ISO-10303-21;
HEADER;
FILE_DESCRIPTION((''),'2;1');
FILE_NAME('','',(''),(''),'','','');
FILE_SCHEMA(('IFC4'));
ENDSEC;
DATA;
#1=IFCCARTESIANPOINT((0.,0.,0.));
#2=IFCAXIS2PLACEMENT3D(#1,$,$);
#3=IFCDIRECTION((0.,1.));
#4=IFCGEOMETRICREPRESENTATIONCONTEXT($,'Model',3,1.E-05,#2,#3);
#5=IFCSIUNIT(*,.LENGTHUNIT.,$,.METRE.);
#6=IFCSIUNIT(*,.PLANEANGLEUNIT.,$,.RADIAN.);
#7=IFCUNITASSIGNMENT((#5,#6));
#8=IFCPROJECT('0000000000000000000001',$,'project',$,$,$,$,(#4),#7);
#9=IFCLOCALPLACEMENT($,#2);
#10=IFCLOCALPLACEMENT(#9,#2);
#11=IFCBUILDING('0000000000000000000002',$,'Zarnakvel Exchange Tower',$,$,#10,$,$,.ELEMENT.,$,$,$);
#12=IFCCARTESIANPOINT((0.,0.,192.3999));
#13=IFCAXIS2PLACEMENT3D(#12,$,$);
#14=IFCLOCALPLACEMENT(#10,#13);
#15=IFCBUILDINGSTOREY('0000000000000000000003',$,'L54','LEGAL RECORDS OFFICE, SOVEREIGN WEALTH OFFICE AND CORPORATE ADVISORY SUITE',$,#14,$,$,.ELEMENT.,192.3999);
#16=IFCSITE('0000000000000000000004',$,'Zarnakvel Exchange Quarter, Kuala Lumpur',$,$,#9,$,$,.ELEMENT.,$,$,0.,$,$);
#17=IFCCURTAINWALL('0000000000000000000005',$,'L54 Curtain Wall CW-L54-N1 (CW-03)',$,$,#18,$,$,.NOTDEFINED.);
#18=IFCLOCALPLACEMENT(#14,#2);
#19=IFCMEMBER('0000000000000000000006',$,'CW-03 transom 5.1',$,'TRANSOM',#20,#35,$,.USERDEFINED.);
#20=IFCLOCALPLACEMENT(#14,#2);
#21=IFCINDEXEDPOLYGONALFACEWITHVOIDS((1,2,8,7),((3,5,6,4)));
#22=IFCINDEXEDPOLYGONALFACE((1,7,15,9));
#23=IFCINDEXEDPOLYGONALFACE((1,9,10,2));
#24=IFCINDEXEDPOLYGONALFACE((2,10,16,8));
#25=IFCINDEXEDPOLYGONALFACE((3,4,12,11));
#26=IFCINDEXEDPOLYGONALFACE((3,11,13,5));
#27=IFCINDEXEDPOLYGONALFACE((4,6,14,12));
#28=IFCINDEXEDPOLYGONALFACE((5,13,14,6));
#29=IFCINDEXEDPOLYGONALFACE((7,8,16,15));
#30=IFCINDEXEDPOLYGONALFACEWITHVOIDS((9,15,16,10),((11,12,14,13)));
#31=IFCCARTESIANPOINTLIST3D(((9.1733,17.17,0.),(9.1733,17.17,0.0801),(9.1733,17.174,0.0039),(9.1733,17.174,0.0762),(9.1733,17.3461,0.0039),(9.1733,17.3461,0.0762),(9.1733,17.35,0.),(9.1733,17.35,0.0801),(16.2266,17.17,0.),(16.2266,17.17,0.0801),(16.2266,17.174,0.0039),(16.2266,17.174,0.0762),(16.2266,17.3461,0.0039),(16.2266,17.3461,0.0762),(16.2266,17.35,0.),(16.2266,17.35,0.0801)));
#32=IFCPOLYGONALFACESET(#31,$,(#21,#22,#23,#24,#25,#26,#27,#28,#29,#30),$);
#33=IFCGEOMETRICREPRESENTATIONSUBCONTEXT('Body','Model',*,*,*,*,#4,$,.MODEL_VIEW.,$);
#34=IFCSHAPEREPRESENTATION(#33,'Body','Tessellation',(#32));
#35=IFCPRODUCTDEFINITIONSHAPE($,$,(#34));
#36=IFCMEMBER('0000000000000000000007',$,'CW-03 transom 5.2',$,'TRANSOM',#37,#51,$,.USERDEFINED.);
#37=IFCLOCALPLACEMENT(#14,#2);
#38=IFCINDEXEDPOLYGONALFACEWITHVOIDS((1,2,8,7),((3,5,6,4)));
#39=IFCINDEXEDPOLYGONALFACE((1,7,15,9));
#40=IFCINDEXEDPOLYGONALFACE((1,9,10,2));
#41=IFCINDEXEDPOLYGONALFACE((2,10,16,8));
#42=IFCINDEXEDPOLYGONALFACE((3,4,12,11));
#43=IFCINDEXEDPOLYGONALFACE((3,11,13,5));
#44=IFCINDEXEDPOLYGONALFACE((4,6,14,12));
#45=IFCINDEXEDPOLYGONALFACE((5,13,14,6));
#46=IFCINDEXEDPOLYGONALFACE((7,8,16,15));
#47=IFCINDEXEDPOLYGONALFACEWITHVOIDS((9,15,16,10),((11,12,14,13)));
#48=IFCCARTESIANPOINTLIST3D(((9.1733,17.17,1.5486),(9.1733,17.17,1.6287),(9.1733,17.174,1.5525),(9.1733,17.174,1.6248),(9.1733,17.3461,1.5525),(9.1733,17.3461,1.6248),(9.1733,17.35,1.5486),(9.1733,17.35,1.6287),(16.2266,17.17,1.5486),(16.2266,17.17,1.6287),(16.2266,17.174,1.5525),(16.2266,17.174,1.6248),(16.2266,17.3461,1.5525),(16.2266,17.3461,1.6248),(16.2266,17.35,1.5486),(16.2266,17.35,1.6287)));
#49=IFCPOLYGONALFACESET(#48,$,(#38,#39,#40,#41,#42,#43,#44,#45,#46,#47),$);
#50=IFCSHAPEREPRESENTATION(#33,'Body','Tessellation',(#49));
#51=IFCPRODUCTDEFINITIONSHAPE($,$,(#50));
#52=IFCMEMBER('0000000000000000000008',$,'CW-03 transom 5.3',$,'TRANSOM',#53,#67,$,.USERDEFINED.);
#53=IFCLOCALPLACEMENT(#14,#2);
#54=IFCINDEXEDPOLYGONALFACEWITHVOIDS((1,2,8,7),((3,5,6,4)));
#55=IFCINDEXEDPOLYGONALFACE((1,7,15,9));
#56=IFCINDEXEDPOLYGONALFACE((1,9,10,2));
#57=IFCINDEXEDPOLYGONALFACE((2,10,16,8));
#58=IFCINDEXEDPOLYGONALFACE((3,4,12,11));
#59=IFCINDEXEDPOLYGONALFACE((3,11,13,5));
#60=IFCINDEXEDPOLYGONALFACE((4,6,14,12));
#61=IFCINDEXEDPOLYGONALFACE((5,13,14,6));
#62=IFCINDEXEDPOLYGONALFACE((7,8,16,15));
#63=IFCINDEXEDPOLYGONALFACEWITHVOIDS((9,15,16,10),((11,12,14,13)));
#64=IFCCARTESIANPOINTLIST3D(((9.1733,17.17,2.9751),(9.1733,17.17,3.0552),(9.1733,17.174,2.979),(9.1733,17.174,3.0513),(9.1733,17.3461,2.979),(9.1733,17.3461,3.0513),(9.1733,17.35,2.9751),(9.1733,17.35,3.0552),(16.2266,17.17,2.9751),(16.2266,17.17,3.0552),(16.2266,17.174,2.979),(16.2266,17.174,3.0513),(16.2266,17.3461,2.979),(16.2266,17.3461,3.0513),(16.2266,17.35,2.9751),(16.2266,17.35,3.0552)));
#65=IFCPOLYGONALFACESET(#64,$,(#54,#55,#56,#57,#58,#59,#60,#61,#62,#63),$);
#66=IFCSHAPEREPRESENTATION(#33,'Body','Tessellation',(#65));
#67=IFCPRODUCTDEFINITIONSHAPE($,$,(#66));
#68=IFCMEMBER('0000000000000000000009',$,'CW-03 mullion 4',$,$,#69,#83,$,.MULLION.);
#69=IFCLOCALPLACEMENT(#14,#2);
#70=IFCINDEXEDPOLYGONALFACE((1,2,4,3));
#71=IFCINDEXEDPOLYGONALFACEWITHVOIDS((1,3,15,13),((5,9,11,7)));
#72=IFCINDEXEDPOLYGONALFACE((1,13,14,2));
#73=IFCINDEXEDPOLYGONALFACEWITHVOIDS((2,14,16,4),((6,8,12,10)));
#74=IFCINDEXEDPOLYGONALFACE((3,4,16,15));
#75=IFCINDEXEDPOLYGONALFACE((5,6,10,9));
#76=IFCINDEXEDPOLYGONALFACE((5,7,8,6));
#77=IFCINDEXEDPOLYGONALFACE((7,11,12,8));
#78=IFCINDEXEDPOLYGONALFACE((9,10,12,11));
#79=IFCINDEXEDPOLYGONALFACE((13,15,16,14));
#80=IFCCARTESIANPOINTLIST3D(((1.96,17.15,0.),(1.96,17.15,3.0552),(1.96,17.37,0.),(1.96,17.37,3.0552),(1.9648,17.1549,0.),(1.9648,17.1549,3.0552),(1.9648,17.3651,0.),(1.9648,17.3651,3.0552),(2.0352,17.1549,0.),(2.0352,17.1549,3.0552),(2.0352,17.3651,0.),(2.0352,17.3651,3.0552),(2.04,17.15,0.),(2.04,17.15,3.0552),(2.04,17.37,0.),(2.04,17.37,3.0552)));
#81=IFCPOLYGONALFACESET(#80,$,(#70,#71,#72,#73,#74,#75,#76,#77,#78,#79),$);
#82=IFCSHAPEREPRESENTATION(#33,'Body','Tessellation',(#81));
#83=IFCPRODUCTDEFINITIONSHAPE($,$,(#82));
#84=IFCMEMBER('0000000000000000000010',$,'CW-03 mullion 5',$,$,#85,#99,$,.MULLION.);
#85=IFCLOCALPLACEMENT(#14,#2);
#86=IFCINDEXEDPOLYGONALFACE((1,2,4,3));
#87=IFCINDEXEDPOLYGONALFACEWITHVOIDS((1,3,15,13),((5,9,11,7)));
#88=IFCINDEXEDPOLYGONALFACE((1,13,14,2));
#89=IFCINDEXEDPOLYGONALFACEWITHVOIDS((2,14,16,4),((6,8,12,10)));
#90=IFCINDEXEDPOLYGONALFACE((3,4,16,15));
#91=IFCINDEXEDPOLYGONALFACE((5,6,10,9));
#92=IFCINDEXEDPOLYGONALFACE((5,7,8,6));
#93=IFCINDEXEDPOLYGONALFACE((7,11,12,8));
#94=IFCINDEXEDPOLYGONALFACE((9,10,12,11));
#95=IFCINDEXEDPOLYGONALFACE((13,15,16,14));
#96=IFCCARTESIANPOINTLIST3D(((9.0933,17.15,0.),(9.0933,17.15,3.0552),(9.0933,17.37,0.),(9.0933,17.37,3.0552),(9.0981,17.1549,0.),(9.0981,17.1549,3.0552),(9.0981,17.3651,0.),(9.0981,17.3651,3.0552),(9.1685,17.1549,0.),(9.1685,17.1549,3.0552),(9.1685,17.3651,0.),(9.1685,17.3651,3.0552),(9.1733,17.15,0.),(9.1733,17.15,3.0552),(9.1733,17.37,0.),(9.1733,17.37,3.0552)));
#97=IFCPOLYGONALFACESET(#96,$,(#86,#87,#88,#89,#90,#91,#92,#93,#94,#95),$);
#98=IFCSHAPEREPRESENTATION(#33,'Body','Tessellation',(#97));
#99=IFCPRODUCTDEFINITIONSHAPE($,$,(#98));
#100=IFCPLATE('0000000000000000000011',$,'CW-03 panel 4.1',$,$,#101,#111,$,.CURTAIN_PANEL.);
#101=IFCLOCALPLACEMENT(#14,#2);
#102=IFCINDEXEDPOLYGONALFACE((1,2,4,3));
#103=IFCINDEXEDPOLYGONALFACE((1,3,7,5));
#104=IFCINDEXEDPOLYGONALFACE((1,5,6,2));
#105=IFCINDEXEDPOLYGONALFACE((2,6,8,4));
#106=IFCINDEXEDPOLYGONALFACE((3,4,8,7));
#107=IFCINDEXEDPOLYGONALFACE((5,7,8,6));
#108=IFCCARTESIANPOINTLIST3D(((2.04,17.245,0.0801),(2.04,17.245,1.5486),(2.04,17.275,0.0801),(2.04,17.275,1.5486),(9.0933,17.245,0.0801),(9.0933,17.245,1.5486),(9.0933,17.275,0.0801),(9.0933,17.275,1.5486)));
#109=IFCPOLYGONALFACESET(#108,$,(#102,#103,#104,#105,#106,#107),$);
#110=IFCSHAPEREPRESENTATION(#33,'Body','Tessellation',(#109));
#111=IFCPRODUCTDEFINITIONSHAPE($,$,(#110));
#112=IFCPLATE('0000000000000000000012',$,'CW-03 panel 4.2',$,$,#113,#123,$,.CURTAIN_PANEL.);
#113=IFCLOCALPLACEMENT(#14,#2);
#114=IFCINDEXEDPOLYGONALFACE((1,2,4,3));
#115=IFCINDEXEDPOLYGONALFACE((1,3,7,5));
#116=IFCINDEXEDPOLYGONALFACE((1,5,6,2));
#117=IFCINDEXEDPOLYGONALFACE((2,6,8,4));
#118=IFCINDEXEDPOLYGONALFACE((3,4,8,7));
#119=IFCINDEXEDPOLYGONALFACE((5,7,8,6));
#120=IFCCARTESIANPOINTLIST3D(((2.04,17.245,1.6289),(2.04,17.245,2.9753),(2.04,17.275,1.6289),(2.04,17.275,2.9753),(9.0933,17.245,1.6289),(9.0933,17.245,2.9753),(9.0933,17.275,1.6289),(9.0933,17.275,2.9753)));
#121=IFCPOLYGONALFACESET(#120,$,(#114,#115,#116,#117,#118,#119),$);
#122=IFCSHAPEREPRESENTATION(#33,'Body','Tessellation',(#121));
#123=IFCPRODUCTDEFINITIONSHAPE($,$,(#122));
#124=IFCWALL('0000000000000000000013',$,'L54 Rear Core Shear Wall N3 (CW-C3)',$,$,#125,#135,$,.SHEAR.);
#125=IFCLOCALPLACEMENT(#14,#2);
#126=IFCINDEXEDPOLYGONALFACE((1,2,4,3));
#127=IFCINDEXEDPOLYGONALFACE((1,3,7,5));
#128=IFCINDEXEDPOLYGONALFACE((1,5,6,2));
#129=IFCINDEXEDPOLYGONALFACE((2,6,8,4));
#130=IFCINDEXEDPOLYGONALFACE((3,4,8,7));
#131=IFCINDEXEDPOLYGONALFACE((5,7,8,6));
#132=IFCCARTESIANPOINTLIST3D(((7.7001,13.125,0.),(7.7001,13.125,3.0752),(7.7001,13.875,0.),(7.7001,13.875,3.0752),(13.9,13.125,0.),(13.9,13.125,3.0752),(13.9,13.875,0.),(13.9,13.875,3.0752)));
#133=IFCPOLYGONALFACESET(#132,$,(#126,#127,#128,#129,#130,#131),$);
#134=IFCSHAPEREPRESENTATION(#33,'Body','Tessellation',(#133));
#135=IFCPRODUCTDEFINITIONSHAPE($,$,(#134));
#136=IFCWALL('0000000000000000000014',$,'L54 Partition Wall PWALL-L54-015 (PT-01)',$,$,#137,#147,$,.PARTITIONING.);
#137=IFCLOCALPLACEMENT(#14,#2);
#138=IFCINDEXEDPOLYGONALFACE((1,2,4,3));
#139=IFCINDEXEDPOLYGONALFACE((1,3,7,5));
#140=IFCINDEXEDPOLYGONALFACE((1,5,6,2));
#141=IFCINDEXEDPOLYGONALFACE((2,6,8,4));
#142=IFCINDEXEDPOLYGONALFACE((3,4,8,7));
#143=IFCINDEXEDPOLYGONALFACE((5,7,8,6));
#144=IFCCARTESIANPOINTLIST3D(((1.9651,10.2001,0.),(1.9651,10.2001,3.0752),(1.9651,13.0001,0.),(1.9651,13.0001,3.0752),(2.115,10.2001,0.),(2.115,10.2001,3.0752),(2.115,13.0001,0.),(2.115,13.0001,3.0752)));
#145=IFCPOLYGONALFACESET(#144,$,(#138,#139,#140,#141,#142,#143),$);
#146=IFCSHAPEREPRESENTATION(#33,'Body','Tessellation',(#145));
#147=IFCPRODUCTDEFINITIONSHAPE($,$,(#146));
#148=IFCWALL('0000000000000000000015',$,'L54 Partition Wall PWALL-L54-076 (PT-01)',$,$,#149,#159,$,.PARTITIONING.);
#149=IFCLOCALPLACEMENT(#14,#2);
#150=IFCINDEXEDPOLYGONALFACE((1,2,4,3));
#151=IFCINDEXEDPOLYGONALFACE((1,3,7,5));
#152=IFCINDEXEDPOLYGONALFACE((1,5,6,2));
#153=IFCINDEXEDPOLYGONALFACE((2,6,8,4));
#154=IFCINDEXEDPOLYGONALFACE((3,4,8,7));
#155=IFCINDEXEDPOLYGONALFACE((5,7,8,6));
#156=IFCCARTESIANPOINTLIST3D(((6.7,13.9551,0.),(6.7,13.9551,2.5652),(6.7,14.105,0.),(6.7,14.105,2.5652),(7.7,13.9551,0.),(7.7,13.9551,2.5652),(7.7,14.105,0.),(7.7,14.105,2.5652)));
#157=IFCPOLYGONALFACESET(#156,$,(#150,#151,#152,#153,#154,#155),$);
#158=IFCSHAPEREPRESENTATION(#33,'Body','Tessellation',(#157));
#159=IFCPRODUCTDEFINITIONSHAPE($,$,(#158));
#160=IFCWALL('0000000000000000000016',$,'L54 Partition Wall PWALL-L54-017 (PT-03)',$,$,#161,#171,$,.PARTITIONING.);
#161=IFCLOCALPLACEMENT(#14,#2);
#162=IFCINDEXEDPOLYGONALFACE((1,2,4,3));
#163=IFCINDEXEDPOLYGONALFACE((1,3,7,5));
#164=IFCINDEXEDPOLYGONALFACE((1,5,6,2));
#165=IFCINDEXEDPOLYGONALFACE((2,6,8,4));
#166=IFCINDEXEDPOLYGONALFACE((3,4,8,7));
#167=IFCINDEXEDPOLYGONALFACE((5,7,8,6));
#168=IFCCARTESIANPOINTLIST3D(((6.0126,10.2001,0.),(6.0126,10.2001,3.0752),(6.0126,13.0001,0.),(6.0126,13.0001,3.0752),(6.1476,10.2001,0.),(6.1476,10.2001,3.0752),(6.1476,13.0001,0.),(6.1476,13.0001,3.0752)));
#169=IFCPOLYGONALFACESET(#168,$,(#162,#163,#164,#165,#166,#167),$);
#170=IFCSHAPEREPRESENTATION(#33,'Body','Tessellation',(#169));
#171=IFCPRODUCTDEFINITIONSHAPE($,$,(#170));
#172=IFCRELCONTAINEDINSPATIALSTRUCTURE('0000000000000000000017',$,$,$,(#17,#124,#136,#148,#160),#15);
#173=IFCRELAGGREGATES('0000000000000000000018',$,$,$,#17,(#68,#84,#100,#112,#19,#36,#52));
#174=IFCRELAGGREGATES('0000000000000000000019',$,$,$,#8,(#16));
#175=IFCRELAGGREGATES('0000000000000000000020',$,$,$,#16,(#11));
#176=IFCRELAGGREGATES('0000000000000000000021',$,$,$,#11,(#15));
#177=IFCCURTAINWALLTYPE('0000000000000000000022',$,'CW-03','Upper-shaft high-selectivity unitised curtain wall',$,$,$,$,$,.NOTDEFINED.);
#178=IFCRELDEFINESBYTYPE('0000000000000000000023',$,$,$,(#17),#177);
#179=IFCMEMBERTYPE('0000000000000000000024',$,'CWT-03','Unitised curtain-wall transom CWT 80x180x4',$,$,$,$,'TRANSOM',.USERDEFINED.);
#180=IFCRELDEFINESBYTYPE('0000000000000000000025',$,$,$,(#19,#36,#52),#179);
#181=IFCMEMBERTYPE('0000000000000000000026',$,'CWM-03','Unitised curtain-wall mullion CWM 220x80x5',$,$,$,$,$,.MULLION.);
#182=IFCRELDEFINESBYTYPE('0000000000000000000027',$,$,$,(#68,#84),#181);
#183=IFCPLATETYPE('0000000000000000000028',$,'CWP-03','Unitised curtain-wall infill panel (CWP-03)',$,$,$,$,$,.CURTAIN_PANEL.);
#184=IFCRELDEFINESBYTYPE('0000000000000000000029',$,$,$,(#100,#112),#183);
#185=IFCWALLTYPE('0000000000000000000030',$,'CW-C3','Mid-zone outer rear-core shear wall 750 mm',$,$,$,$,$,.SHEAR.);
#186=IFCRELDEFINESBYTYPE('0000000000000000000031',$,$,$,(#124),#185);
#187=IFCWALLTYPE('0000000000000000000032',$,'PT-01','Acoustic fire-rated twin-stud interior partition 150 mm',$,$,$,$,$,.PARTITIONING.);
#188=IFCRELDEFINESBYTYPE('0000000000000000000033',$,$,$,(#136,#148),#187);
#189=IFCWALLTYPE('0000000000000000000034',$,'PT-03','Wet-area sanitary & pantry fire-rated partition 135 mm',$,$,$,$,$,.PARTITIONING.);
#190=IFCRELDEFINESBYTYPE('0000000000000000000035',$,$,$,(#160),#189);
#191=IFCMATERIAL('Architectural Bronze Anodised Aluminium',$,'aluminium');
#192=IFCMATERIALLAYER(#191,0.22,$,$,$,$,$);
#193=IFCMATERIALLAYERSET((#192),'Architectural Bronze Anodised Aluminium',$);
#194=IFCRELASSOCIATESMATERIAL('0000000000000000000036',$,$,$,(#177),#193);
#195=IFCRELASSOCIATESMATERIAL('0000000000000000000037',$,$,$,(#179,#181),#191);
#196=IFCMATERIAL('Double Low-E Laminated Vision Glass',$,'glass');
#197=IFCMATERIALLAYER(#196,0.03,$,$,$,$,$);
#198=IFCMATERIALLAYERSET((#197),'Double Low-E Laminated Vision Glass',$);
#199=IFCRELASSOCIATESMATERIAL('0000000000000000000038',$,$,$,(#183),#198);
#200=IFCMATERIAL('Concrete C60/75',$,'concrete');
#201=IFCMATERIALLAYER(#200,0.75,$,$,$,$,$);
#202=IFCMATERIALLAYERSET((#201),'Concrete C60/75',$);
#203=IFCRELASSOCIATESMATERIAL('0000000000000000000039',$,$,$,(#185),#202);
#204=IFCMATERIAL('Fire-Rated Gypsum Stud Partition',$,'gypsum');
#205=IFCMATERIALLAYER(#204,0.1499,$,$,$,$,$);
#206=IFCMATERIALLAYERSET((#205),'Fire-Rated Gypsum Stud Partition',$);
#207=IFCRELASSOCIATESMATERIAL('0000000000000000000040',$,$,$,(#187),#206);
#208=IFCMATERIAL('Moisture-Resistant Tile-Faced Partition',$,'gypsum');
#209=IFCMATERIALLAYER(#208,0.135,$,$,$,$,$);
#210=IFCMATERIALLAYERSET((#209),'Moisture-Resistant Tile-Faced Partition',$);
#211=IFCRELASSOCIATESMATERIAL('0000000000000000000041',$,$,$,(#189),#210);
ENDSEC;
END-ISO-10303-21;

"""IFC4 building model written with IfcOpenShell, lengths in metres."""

from ifc_helpers import new_model, si_unit, direction, frame, frame_2d, origin, origin_2d, place, context, subcontext, project, spatial, rectangle, hollow_rectangle, extrude, source, transform, mapped, material, layer, layer_set, material_profile, profile_set, type_object, element, aggregate, save


model = new_model("IFC4")

# Units and contexts
model_context = context("Model", 3, precision=1e-05, world=origin(), true_north=direction((0.0, 1.0)))
body_context = subcontext(model_context, "Body", "Model", "MODEL_VIEW")
ifc_project = project(units=[si_unit("LENGTHUNIT", "METRE"), si_unit("PLANEANGLEUNIT", "RADIAN")], contexts=[model_context])

# Site, building, storey
site_placement = place(None, origin())
site = spatial("IfcSite", under=ifc_project, at=site_placement, Name="Zarnakvel Exchange Quarter, Kuala Lumpur", CompositionType="ELEMENT", RefElevation=0.0)
building_placement = place(site_placement, origin())
building = spatial("IfcBuilding", under=site, at=building_placement, Name="Zarnakvel Exchange Tower", CompositionType="ELEMENT")
storey_placement = place(building_placement, frame((0.0, 0.0, 192.3999)))
storey = spatial("IfcBuildingStorey", under=building, at=storey_placement, Name="L54", Description="LEGAL RECORDS OFFICE, SOVEREIGN WEALTH OFFICE AND CORPORATE ADVISORY SUITE", CompositionType="ELEMENT", Elevation=192.3999)

# Shared definitions
ifc_material_1 = material(Name="Concrete C60/75", Category="concrete")

# Curtain wall, members, plates
ifc_material_2 = material(Name="Architectural Bronze Anodised Aluminium", Category="aluminium")
ifc_layer_1 = layer(ifc_material_2, 0.22)
ifc_layer_set_1 = layer_set([ifc_layer_1], Name="Architectural Bronze Anodised Aluminium")
curtain_wall_type = type_object("IfcCurtainWallType", Name="CW-03", Description="Upper-shaft high-selectivity unitised curtain wall", PredefinedType="NOTDEFINED", material=ifc_layer_set_1)
curtain_wall_placement = place(storey_placement, origin())
curtain_wall = element("IfcCurtainWall", 1, at=curtain_wall_placement, inside=storey, type_object=curtain_wall_type, Name="L54 Curtain Wall CW-L54-N1 (CW-03)", PredefinedType="NOTDEFINED")
ifc_material_profile_1 = material_profile(ifc_material_2, hollow_rectangle(XDim=0.1799, YDim=0.0801, WallThickness=0.0039, at=origin_2d()))
ifc_profile_set_1 = profile_set([ifc_material_profile_1], Name="Architectural Bronze Anodised Aluminium")
member_type_1 = type_object("IfcMemberType", Name="CWT-03", Description="Unitised curtain-wall transom CWT 80x180x4", ElementType="TRANSOM", PredefinedType="USERDEFINED", material=ifc_profile_set_1)
shared_shape_1 = source(origin(), body_context, "Body", "SweptSolid", [
    extrude(hollow_rectangle(XDim=0.1799, YDim=0.0801, WallThickness=0.0039, at=origin_2d()), origin(), (0.0, 0.0, 1.0), 7.0532),
])
member_1_placement = place(storey_placement, frame((9.1733, 17.26, 0.04), z_axis=(1.0, 0.0, 0.0), x_axis=(0.0, 1.0, 0.0)))
member_1 = element("IfcMember", 2, at=member_1_placement, type_object=member_type_1, Name="CW-03 transom 5.1", ObjectType="TRANSOM", PredefinedType="USERDEFINED", context=body_context, shape_type="MappedRepresentation", body=[
    mapped(shared_shape_1, transform((0.0, 0.0, 0.0), x_axis=(1.0, 0.0, 0.0), y_axis=(0.0, 1.0, 0.0), z_axis=(0.0, 0.0, 1.0), scale=1.0)),
])
member_2_placement = place(storey_placement, frame((9.1733, 17.26, 1.5886), z_axis=(1.0, 0.0, 0.0), x_axis=(0.0, 1.0, 0.0)))
member_2 = element("IfcMember", 3, at=member_2_placement, type_object=member_type_1, Name="CW-03 transom 5.2", ObjectType="TRANSOM", PredefinedType="USERDEFINED", context=body_context, shape_type="MappedRepresentation", body=[
    mapped(shared_shape_1, transform((0.0, 0.0, 0.0), x_axis=(1.0, 0.0, 0.0), y_axis=(0.0, 1.0, 0.0), z_axis=(0.0, 0.0, 1.0), scale=1.0)),
])
member_3_placement = place(storey_placement, frame((9.1733, 17.26, 3.0151), z_axis=(1.0, 0.0, 0.0), x_axis=(0.0, 1.0, 0.0)))
member_3 = element("IfcMember", 4, at=member_3_placement, type_object=member_type_1, Name="CW-03 transom 5.3", ObjectType="TRANSOM", PredefinedType="USERDEFINED", context=body_context, shape_type="MappedRepresentation", body=[
    mapped(shared_shape_1, transform((0.0, 0.0, 0.0), x_axis=(1.0, 0.0, 0.0), y_axis=(0.0, 1.0, 0.0), z_axis=(0.0, 0.0, 1.0), scale=1.0)),
])
ifc_material_profile_2 = material_profile(ifc_material_2, hollow_rectangle(XDim=0.22, YDim=0.0801, WallThickness=0.0049, at=origin_2d()))
ifc_profile_set_2 = profile_set([ifc_material_profile_2], Name="Architectural Bronze Anodised Aluminium")
member_type_2 = type_object("IfcMemberType", Name="CWM-03", Description="Unitised curtain-wall mullion CWM 220x80x5", PredefinedType="MULLION", material=ifc_profile_set_2)
shared_shape_2 = source(origin(), body_context, "Body", "SweptSolid", [
    extrude(hollow_rectangle(XDim=0.22, YDim=0.0801, WallThickness=0.0049, at=origin_2d()), origin(), (0.0, 0.0, 1.0), 3.0552),
])
member_4_placement = place(storey_placement, frame((2.0, 17.26, 0.0), z_axis=(0.0, 0.0, 1.0), x_axis=(0.0, 1.0, 0.0)))
member_4 = element("IfcMember", 5, at=member_4_placement, type_object=member_type_2, Name="CW-03 mullion 4", PredefinedType="MULLION", context=body_context, shape_type="MappedRepresentation", body=[
    mapped(shared_shape_2, transform((0.0, 0.0, 0.0), x_axis=(1.0, 0.0, 0.0), y_axis=(0.0, 1.0, 0.0), z_axis=(0.0, 0.0, 1.0), scale=1.0)),
])
member_5_placement = place(storey_placement, frame((9.1333, 17.26, 0.0), z_axis=(0.0, 0.0, 1.0), x_axis=(0.0, 1.0, 0.0)))
member_5 = element("IfcMember", 6, at=member_5_placement, type_object=member_type_2, Name="CW-03 mullion 5", PredefinedType="MULLION", context=body_context, shape_type="MappedRepresentation", body=[
    mapped(shared_shape_2, transform((0.0, 0.0, 0.0), x_axis=(1.0, 0.0, 0.0), y_axis=(0.0, 1.0, 0.0), z_axis=(0.0, 0.0, 1.0), scale=1.0)),
])
ifc_material_3 = material(Name="Double Low-E Laminated Vision Glass", Category="glass")
ifc_layer_2 = layer(ifc_material_3, 0.03)
ifc_layer_set_2 = layer_set([ifc_layer_2], Name="Double Low-E Laminated Vision Glass")
plate_type = type_object("IfcPlateType", Name="CWP-03", Description="Unitised curtain-wall infill panel (CWP-03)", PredefinedType="CURTAIN_PANEL", material=ifc_layer_set_2)
shared_shape_3 = source(origin(), body_context, "Body", "SweptSolid", [
    extrude(rectangle(XDim=7.0532, YDim=0.03, at=origin_2d()), origin(), (0.0, 0.0, 1.0), 1.4685),
])
plate_1_placement = place(storey_placement, frame((5.5667, 17.26, 0.0801), z_axis=(0.0, 0.0, 1.0), x_axis=(1.0, 0.0, 0.0)))
plate_1 = element("IfcPlate", 7, at=plate_1_placement, type_object=plate_type, Name="CW-03 panel 4.1", PredefinedType="CURTAIN_PANEL", context=body_context, shape_type="MappedRepresentation", body=[
    mapped(shared_shape_3, transform((0.0, 0.0, 0.0), x_axis=(1.0, 0.0, 0.0), y_axis=(0.0, 1.0, 0.0), z_axis=(0.0, 0.0, 1.0), scale=1.0)),
])
shared_shape_4 = source(origin(), body_context, "Body", "SweptSolid", [
    extrude(rectangle(XDim=7.0532, YDim=0.03, at=origin_2d()), origin(), (0.0, 0.0, 1.0), 1.3464),
])
plate_2_placement = place(storey_placement, frame((5.5667, 17.26, 1.6289), z_axis=(0.0, 0.0, 1.0), x_axis=(1.0, 0.0, 0.0)))
plate_2 = element("IfcPlate", 8, at=plate_2_placement, type_object=plate_type, Name="CW-03 panel 4.2", PredefinedType="CURTAIN_PANEL", context=body_context, shape_type="MappedRepresentation", body=[
    mapped(shared_shape_4, transform((0.0, 0.0, 0.0), x_axis=(1.0, 0.0, 0.0), y_axis=(0.0, 1.0, 0.0), z_axis=(0.0, 0.0, 1.0), scale=1.0)),
])
aggregate(curtain_wall, [member_4, member_5, plate_1, plate_2, member_1, member_2, member_3])

# Wall
ifc_layer_3 = layer(ifc_material_1, 0.75)
ifc_layer_set_3 = layer_set([ifc_layer_3], Name="Concrete C60/75")
wall_type_1 = type_object("IfcWallType", Name="CW-C3", Description="Mid-zone outer rear-core shear wall 750 mm", PredefinedType="SHEAR", material=ifc_layer_set_3)
wall_1_placement = place(storey_placement, frame((7.7, 13.5, 0.0), z_axis=(0.0, 0.0, 1.0), x_axis=(1.0, 0.0, 0.0)))
element("IfcWall", 9, at=wall_1_placement, inside=storey, type_object=wall_type_1, Name="L54 Rear Core Shear Wall N3 (CW-C3)", PredefinedType="SHEAR", context=body_context, shape_type="SweptSolid", body=[
    extrude(rectangle(XDim=6.2, YDim=0.75, at=frame_2d((3.1001, 0.0))), origin(), (0.0, 0.0, 1.0), 3.0752),
])

# Shared definitions
ifc_material_4 = material(Name="Fire-Rated Gypsum Stud Partition", Category="gypsum")
ifc_layer_4 = layer(ifc_material_4, 0.1499)
ifc_layer_set_4 = layer_set([ifc_layer_4], Name="Fire-Rated Gypsum Stud Partition")
wall_type_2 = type_object("IfcWallType", Name="PT-01", Description="Acoustic fire-rated twin-stud interior partition 150 mm", PredefinedType="PARTITIONING", material=ifc_layer_set_4)

# Walls
wall_2_placement = place(storey_placement, frame((2.04, 13.0, 0.0), z_axis=(0.0, 0.0, 1.0), x_axis=(0.0, -1.0, 0.0)))
element("IfcWall", 10, at=wall_2_placement, inside=storey, type_object=wall_type_2, Name="L54 Partition Wall PWALL-L54-015 (PT-01)", PredefinedType="PARTITIONING", context=body_context, shape_type="SweptSolid", body=[
    extrude(rectangle(XDim=2.8, YDim=0.1499, at=frame_2d((1.3999, 0.0))), origin(), (0.0, 0.0, 1.0), 3.0752),
])
wall_3_placement = place(storey_placement, frame((7.7, 14.03, 0.0), z_axis=(0.0, 0.0, 1.0), x_axis=(-1.0, 0.0, 0.0)))
element("IfcWall", 11, at=wall_3_placement, inside=storey, type_object=wall_type_2, Name="L54 Partition Wall PWALL-L54-076 (PT-01)", PredefinedType="PARTITIONING", context=body_context, shape_type="SweptSolid", body=[
    extrude(rectangle(XDim=1.0, YDim=0.1499, at=frame_2d((0.5, 0.0))), origin(), (0.0, 0.0, 1.0), 2.5652),
])

# Shared definitions
ifc_material_5 = material(Name="Moisture-Resistant Tile-Faced Partition", Category="gypsum")
ifc_layer_5 = layer(ifc_material_5, 0.135)
ifc_layer_set_5 = layer_set([ifc_layer_5], Name="Moisture-Resistant Tile-Faced Partition")
wall_type_3 = type_object("IfcWallType", Name="PT-03", Description="Wet-area sanitary & pantry fire-rated partition 135 mm", PredefinedType="PARTITIONING", material=ifc_layer_set_5)

# Wall
wall_4_placement = place(storey_placement, frame((6.0801, 13.0, 0.0), z_axis=(0.0, 0.0, 1.0), x_axis=(0.0, -1.0, 0.0)))
element("IfcWall", 12, at=wall_4_placement, inside=storey, type_object=wall_type_3, Name="L54 Partition Wall PWALL-L54-017 (PT-03)", PredefinedType="PARTITIONING", context=body_context, shape_type="SweptSolid", body=[
    extrude(rectangle(XDim=2.8, YDim=0.135, at=frame_2d((1.3999, 0.0))), origin(), (0.0, 0.0, 1.0), 3.0752),
])

save(model, "model.ifc")
